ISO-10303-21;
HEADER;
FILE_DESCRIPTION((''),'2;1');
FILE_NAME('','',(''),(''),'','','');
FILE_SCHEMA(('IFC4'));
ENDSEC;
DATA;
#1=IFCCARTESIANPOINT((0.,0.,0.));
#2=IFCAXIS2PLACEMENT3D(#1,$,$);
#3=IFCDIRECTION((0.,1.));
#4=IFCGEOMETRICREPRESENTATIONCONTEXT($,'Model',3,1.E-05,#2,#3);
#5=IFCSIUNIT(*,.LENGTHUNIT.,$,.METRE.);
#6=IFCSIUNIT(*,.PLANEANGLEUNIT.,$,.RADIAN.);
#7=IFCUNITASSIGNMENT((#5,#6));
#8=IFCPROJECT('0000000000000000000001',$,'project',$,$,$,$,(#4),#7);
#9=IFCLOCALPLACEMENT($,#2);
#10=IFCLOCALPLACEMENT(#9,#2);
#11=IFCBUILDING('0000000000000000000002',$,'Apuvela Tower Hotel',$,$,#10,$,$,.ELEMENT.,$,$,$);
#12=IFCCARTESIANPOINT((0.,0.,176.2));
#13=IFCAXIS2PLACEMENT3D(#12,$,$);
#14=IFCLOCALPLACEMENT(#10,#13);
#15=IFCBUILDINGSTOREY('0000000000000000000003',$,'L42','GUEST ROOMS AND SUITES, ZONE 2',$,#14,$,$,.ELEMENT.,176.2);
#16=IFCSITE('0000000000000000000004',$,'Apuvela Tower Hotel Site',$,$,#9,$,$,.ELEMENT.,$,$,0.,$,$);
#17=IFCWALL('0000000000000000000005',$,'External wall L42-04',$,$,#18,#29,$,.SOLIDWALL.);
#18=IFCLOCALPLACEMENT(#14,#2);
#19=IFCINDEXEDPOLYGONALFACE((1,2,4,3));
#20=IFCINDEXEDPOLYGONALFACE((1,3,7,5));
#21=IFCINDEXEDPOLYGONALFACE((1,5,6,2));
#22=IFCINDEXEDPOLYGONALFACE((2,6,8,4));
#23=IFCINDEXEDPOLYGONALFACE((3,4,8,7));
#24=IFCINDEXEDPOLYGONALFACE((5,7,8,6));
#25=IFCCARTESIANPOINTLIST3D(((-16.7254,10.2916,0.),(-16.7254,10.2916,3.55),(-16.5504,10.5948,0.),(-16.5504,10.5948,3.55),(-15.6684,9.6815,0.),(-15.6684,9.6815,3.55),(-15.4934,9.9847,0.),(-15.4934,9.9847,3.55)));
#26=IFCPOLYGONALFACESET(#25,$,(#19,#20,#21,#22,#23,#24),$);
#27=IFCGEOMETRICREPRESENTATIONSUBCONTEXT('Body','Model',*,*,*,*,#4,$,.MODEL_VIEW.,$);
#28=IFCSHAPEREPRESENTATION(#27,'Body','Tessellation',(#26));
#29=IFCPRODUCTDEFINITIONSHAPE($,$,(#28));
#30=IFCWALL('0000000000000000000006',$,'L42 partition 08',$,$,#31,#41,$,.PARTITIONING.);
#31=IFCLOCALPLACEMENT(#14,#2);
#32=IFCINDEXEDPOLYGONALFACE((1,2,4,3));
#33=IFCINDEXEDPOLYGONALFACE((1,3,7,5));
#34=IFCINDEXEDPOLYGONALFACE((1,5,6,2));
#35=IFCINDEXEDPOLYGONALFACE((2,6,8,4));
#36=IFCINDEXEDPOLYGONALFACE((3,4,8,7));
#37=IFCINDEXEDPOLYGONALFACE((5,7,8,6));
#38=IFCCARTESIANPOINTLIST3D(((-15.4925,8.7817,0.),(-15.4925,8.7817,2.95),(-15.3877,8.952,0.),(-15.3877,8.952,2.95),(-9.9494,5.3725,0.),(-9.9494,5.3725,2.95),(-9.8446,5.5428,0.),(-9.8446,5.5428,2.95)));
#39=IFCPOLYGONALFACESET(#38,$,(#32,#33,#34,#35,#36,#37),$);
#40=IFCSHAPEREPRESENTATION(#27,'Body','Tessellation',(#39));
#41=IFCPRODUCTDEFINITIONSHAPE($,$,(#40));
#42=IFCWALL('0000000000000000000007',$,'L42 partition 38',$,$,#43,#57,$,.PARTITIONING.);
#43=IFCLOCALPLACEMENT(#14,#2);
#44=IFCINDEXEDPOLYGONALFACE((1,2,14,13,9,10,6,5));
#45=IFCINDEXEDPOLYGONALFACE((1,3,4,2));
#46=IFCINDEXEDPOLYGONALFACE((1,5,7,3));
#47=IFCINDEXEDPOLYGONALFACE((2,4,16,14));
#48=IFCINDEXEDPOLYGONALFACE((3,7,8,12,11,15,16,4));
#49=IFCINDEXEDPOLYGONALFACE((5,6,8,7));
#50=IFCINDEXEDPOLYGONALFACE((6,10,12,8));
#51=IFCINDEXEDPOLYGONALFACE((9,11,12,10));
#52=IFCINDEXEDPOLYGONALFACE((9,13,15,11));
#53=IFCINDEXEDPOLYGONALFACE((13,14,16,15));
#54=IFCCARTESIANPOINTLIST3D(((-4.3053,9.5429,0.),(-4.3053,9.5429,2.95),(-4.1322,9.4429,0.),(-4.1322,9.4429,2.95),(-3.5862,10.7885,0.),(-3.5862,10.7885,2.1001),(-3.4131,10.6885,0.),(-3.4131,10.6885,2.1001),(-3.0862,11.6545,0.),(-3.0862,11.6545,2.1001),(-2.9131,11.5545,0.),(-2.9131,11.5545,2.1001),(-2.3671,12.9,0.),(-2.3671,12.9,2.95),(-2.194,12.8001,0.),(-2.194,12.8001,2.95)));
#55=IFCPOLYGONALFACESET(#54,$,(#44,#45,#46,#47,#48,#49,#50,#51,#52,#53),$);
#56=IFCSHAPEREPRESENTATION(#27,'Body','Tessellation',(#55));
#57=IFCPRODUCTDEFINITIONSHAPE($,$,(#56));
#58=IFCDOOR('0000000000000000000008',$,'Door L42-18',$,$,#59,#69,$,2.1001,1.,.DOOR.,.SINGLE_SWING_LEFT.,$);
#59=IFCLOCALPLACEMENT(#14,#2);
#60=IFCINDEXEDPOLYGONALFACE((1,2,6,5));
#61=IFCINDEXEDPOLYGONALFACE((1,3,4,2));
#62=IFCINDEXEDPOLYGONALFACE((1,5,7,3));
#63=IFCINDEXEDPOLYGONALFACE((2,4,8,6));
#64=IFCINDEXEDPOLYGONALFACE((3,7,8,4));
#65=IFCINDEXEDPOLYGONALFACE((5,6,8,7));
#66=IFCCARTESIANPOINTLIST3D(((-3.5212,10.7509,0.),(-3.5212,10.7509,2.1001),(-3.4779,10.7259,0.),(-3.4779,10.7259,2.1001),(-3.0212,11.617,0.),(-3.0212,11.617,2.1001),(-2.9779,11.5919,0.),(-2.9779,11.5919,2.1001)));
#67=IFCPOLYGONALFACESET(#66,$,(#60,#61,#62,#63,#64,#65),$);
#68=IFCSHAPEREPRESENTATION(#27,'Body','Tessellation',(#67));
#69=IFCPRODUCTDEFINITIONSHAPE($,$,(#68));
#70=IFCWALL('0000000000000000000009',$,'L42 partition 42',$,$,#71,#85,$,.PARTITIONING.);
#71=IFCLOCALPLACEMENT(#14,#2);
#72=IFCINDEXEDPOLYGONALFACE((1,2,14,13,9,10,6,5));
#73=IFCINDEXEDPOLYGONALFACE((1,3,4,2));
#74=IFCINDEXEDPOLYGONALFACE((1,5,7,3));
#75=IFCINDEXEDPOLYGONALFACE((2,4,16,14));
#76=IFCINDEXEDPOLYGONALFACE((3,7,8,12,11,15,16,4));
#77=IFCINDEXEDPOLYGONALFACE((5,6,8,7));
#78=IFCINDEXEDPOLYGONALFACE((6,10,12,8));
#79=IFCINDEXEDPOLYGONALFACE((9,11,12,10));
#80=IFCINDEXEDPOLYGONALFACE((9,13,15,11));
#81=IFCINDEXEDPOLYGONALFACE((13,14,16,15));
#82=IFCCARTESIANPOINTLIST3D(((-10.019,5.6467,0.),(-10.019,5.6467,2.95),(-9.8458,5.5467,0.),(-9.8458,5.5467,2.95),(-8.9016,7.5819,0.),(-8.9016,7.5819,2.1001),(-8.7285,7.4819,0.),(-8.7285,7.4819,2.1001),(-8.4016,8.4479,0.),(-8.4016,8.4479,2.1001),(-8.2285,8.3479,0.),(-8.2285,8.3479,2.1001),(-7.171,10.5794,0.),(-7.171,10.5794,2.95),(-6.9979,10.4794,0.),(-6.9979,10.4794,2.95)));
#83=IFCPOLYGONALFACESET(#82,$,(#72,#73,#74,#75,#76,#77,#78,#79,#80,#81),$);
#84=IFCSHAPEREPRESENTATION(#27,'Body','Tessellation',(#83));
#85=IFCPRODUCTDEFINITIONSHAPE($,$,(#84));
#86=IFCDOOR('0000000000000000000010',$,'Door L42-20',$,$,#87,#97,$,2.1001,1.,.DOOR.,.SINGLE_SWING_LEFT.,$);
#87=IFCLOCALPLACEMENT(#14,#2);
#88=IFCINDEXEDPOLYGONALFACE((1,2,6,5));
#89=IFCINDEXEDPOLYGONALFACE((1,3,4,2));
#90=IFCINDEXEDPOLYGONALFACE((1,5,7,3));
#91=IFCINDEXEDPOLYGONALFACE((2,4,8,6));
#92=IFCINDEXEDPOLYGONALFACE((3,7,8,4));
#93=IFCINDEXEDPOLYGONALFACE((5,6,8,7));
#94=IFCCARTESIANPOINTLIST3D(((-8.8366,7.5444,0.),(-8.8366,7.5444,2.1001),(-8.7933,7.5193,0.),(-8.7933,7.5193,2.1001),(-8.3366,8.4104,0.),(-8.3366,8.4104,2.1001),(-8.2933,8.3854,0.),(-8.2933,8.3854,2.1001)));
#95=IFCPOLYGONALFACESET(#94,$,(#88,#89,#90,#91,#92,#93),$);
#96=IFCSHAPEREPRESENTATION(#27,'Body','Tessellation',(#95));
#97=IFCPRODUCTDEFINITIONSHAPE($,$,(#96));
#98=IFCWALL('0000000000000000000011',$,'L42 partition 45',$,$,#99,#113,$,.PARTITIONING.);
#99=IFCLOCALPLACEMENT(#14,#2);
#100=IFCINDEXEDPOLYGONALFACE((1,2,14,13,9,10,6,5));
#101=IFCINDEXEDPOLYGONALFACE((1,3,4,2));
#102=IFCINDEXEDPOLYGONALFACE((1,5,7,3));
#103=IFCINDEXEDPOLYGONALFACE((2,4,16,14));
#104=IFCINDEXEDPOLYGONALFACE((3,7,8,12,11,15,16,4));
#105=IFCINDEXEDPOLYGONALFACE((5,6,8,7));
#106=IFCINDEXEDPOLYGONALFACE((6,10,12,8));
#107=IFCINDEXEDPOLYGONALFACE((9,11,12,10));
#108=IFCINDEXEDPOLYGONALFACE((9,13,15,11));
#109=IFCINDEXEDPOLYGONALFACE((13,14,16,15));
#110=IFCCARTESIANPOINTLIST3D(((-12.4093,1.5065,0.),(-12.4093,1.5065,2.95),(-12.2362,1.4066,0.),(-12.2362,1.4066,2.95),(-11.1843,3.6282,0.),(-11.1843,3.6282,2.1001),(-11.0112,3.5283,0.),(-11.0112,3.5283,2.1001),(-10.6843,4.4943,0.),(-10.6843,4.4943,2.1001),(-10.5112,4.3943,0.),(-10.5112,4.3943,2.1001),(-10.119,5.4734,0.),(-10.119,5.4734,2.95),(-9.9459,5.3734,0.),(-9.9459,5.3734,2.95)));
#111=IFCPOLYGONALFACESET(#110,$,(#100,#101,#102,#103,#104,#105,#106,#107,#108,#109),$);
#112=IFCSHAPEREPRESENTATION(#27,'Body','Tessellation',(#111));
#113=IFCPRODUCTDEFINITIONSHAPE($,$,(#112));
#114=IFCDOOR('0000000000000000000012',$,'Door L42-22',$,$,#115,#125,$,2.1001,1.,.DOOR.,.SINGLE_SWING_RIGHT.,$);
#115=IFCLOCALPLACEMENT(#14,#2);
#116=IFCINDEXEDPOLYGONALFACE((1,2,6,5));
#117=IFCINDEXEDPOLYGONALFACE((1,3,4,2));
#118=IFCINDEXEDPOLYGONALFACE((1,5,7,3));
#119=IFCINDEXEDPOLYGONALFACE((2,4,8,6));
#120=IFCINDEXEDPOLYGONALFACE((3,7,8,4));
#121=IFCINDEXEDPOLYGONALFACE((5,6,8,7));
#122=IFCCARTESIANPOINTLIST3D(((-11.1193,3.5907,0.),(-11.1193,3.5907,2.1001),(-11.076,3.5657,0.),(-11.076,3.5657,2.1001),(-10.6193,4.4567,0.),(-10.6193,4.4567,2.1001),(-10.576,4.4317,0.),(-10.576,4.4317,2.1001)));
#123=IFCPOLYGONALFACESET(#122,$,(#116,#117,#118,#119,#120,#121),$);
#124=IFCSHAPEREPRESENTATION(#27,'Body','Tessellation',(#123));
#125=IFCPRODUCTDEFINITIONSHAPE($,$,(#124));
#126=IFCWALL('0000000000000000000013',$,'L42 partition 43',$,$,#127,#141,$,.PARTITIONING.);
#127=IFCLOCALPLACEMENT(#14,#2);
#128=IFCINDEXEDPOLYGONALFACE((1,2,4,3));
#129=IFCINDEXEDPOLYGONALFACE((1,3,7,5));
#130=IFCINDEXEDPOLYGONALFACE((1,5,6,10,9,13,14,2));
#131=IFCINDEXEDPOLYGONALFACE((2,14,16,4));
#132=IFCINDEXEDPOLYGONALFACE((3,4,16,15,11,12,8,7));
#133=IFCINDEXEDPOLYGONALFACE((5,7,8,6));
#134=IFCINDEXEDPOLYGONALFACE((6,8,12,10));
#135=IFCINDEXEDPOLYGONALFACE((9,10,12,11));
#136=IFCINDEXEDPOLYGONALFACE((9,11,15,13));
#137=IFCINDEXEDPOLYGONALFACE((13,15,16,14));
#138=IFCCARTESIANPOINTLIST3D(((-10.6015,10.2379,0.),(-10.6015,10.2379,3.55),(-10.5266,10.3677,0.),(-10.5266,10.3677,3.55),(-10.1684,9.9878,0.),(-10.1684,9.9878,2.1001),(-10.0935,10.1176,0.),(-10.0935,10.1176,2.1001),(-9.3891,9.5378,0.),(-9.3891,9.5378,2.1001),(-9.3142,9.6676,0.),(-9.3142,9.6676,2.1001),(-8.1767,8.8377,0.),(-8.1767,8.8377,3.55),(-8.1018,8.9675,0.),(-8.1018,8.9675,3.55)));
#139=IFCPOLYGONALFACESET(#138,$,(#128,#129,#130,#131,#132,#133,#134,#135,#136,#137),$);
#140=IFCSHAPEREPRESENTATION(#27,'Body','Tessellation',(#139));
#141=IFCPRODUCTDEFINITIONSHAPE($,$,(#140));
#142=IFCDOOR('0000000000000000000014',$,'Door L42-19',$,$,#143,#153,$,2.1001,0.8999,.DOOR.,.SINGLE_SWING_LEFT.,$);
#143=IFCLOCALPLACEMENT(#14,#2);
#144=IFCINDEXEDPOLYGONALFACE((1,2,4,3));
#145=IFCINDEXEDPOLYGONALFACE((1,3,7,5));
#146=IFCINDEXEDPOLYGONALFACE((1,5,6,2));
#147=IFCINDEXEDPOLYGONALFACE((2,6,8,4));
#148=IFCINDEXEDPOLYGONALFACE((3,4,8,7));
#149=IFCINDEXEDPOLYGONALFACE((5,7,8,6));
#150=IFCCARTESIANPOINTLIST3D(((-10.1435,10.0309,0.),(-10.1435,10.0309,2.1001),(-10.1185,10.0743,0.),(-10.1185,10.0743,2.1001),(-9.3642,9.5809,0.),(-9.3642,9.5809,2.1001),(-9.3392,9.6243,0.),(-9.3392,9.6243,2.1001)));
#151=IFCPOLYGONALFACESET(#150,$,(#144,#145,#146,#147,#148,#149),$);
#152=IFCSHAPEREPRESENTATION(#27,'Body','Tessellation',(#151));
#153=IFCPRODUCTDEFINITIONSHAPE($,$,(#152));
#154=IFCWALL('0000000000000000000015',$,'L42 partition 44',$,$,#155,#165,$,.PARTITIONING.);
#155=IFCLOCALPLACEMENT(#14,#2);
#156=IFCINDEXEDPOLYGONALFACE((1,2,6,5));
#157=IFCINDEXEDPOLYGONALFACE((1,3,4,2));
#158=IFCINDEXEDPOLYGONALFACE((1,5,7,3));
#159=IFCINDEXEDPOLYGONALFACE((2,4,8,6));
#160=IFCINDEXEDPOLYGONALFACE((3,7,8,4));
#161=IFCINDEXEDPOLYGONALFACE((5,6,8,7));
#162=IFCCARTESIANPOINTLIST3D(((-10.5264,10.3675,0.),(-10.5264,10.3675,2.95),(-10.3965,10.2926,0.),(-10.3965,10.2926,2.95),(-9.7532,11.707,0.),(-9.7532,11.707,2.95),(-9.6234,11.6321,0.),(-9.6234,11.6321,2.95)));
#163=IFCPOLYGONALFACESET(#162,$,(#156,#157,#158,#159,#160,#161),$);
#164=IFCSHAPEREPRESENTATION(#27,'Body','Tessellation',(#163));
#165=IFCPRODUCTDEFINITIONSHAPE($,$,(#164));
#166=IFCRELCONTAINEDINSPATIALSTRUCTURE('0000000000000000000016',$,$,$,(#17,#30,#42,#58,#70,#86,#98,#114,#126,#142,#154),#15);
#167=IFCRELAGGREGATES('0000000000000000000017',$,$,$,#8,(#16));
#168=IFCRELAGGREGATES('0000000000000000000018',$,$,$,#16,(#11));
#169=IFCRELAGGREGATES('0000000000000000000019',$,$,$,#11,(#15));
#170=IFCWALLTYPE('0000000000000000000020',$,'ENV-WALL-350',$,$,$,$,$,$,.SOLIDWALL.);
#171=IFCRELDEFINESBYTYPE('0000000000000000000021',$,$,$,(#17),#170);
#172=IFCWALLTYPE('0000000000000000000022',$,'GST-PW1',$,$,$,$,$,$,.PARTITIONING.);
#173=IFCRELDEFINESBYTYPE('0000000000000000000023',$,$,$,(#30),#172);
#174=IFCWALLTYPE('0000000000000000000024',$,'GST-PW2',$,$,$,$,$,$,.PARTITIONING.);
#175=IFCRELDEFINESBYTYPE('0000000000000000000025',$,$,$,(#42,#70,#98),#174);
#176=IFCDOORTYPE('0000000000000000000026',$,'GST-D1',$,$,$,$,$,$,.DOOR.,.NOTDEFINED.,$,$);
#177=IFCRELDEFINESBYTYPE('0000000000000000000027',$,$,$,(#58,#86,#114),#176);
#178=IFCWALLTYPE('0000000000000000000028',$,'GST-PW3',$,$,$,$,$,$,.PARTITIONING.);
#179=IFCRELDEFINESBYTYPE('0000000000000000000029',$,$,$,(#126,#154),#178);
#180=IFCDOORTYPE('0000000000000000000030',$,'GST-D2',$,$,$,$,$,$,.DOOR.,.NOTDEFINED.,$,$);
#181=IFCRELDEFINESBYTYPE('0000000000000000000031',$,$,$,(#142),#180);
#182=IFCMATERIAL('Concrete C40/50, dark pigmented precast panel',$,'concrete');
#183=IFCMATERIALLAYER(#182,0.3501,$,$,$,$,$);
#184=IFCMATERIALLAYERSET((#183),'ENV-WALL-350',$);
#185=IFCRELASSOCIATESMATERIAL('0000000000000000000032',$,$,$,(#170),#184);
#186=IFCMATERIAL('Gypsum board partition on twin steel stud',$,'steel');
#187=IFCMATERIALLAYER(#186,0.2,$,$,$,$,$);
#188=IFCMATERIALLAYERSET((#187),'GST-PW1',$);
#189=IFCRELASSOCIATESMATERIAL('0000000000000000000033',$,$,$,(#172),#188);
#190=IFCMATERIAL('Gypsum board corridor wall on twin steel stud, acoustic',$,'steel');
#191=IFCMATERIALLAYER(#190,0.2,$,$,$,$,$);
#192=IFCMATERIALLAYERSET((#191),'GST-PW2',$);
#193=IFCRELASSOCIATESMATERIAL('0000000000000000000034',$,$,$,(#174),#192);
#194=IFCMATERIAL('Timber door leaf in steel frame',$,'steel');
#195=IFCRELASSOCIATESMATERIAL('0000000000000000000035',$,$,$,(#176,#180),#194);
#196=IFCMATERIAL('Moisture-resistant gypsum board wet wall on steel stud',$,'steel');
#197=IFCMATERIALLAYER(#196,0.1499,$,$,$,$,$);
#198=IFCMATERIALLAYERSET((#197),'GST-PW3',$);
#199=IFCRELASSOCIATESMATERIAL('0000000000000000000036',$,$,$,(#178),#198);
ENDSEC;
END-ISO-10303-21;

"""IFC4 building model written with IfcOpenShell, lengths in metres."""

from ifc_helpers import new_model, si_unit, direction, frame, frame_2d, origin, place, context, subcontext, project, spatial, rectangle, extrude, material, layer, layer_set, type_object, element, fill, save


model = new_model("IFC4")

# Units and contexts
model_context = context("Model", 3, precision=1e-05, world=origin(), true_north=direction((0.0, 1.0)))
body_context = subcontext(model_context, "Body", "Model", "MODEL_VIEW")
ifc_project = project(units=[si_unit("LENGTHUNIT", "METRE"), si_unit("PLANEANGLEUNIT", "RADIAN")], contexts=[model_context])

# Site, building, storey
site_placement = place(None, origin())
site = spatial("IfcSite", under=ifc_project, at=site_placement, Name="Apuvela Tower Hotel Site", CompositionType="ELEMENT", RefElevation=0.0)
building_placement = place(site_placement, origin())
building = spatial("IfcBuilding", under=site, at=building_placement, Name="Apuvela Tower Hotel", CompositionType="ELEMENT")
storey_placement = place(building_placement, frame((0.0, 0.0, 176.2)))
storey = spatial("IfcBuildingStorey", under=building, at=storey_placement, Name="L42", Description="GUEST ROOMS AND SUITES, ZONE 2", CompositionType="ELEMENT", Elevation=176.2)

# Walls
ifc_material_1 = material(Name="Concrete C40/50, dark pigmented precast panel", Category="concrete")
ifc_layer_1 = layer(ifc_material_1, 0.3501)
ifc_layer_set_1 = layer_set([ifc_layer_1], Name="ENV-WALL-350")
wall_type_1 = type_object("IfcWallType", Name="ENV-WALL-350", PredefinedType="SOLIDWALL", material=ifc_layer_set_1)
wall_1_placement = place(storey_placement, frame((-15.5808, 9.833, 0.0), z_axis=(0.0, 0.0, 1.0), x_axis=(-0.866056, 0.499948, 0.0)))
element("IfcWall", 1, at=wall_1_placement, inside=storey, type_object=wall_type_1, Name="External wall L42-04", PredefinedType="SOLIDWALL", context=body_context, shape_type="SweptSolid", body=[
    extrude(rectangle(XDim=1.2205, YDim=0.3501, at=frame_2d((0.6104, 0.0))), origin(), (0.0, 0.0, 1.0), 3.55),
])
ifc_material_2 = material(Name="Gypsum board partition on twin steel stud", Category="steel")
ifc_layer_2 = layer(ifc_material_2, 0.2)
ifc_layer_set_2 = layer_set([ifc_layer_2], Name="GST-PW1")
wall_type_2 = type_object("IfcWallType", Name="GST-PW1", PredefinedType="PARTITIONING", material=ifc_layer_set_2)
wall_2_placement = place(storey_placement, frame((-15.4402, 8.8669, 0.0), z_axis=(0.0, 0.0, 1.0), x_axis=(0.851787, -0.523888, 0.0)))
element("IfcWall", 2, at=wall_2_placement, inside=storey, type_object=wall_type_2, Name="L42 partition 08", PredefinedType="PARTITIONING", context=body_context, shape_type="SweptSolid", body=[
    extrude(rectangle(XDim=6.5076, YDim=0.2, at=frame_2d((3.2539, 0.0))), origin(), (0.0, 0.0, 1.0), 2.95),
])

# Walls, openings, doors
ifc_material_3 = material(Name="Gypsum board corridor wall on twin steel stud, acoustic", Category="steel")
ifc_layer_3 = layer(ifc_material_3, 0.2)
ifc_layer_set_3 = layer_set([ifc_layer_3], Name="GST-PW2")
wall_type_3 = type_object("IfcWallType", Name="GST-PW2", PredefinedType="PARTITIONING", material=ifc_layer_set_3)
wall_3_placement = place(storey_placement, frame((-4.2188, 9.4929, 0.0), z_axis=(0.0, 0.0, 1.0), x_axis=(0.499993, 0.866029, 0.0)))
wall_3 = element("IfcWall", 3, at=wall_3_placement, inside=storey, type_object=wall_type_3, Name="L42 partition 38", PredefinedType="PARTITIONING", context=body_context, shape_type="SweptSolid", body=[
    extrude(rectangle(XDim=3.8765, YDim=0.2, at=frame_2d((1.9382, 0.0))), origin(), (0.0, 0.0, 1.0), 2.95),
])
opening_1_placement = place(wall_3_placement, frame((1.4382, 0.0, 0.0)))
opening_1 = element("IfcOpeningElement", 4, at=opening_1_placement, cuts=wall_3, PredefinedType="OPENING", context=body_context, shape_type="SweptSolid", body=[
    extrude(rectangle(XDim=1.0, YDim=2.1001, at=frame_2d((0.5, 1.05))), frame((0.0, 0.1099, 0.0), z_axis=(0.0, -1.0, 0.0), x_axis=(1.0, 0.0, 0.0)), (0.0, 0.0, 1.0), 0.22),
])
ifc_material_4 = material(Name="Timber door leaf in steel frame", Category="steel")
door_type_1 = type_object("IfcDoorType", Name="GST-D1", OperationType="NOTDEFINED", PredefinedType="DOOR", material=ifc_material_4)
door_1_placement = place(opening_1_placement, origin())
door_1 = element("IfcDoor", 5, at=door_1_placement, inside=storey, type_object=door_type_1, Name="Door L42-18", OperationType="SINGLE_SWING_LEFT", OverallHeight=2.1001, OverallWidth=1.0, PredefinedType="DOOR", context=body_context, shape_type="SweptSolid", body=[
    extrude(rectangle(XDim=1.0, YDim=2.1001, at=frame_2d((0.5, 1.05))), frame((0.0, 0.0249, 0.0), z_axis=(0.0, -1.0, 0.0), x_axis=(1.0, 0.0, 0.0)), (0.0, 0.0, 1.0), 0.05),
])
fill(opening_1, door_1)
wall_4_placement = place(storey_placement, frame((-9.9324, 5.5967, 0.0), z_axis=(0.0, 0.0, 1.0), x_axis=(0.500007, 0.866021, 0.0)))
wall_4 = element("IfcWall", 6, at=wall_4_placement, inside=storey, type_object=wall_type_3, Name="L42 partition 42", PredefinedType="PARTITIONING", context=body_context, shape_type="SweptSolid", body=[
    extrude(rectangle(XDim=5.6958, YDim=0.2, at=frame_2d((2.8479, 0.0))), origin(), (0.0, 0.0, 1.0), 2.95),
])
opening_2_placement = place(wall_4_placement, frame((2.2346, 0.0, 0.0)))
opening_2 = element("IfcOpeningElement", 7, at=opening_2_placement, cuts=wall_4, PredefinedType="OPENING", context=body_context, shape_type="SweptSolid", body=[
    extrude(rectangle(XDim=1.0, YDim=2.1001, at=frame_2d((0.5, 1.05))), frame((0.0, 0.1099, 0.0), z_axis=(0.0, -1.0, 0.0), x_axis=(1.0, 0.0, 0.0)), (0.0, 0.0, 1.0), 0.22),
])
door_2_placement = place(opening_2_placement, origin())
door_2 = element("IfcDoor", 8, at=door_2_placement, inside=storey, type_object=door_type_1, Name="Door L42-20", OperationType="SINGLE_SWING_LEFT", OverallHeight=2.1001, OverallWidth=1.0, PredefinedType="DOOR", context=body_context, shape_type="SweptSolid", body=[
    extrude(rectangle(XDim=1.0, YDim=2.1001, at=frame_2d((0.5, 1.05))), frame((0.0, 0.0249, 0.0), z_axis=(0.0, -1.0, 0.0), x_axis=(1.0, 0.0, 0.0)), (0.0, 0.0, 1.0), 0.05),
])
fill(opening_2, door_2)
wall_5_placement = place(storey_placement, frame((-12.3228, 1.4565, 0.0), z_axis=(0.0, 0.0, 1.0), x_axis=(0.500009, 0.86602, 0.0)))
wall_5 = element("IfcWall", 9, at=wall_5_placement, inside=storey, type_object=wall_type_3, Name="L42 partition 45", PredefinedType="PARTITIONING", context=body_context, shape_type="SweptSolid", body=[
    extrude(rectangle(XDim=4.5806, YDim=0.2, at=frame_2d((2.2903, 0.0))), origin(), (0.0, 0.0, 1.0), 2.95),
])
opening_3_placement = place(wall_5_placement, frame((2.45, 0.0, 0.0)))
opening_3 = element("IfcOpeningElement", 10, at=opening_3_placement, cuts=wall_5, PredefinedType="OPENING", context=body_context, shape_type="SweptSolid", body=[
    extrude(rectangle(XDim=1.0, YDim=2.1001, at=frame_2d((0.5, 1.05))), frame((0.0, 0.1099, 0.0), z_axis=(0.0, -1.0, 0.0), x_axis=(1.0, 0.0, 0.0)), (0.0, 0.0, 1.0), 0.22),
])
door_3_placement = place(opening_3_placement, origin())
door_3 = element("IfcDoor", 11, at=door_3_placement, inside=storey, type_object=door_type_1, Name="Door L42-22", OperationType="SINGLE_SWING_RIGHT", OverallHeight=2.1001, OverallWidth=1.0, PredefinedType="DOOR", context=body_context, shape_type="SweptSolid", body=[
    extrude(rectangle(XDim=1.0, YDim=2.1001, at=frame_2d((0.5, 1.05))), frame((0.0, 0.0249, 0.0), z_axis=(0.0, -1.0, 0.0), x_axis=(1.0, 0.0, 0.0)), (0.0, 0.0, 1.0), 0.05),
])
fill(opening_3, door_3)
ifc_material_5 = material(Name="Moisture-resistant gypsum board wet wall on steel stud", Category="steel")
ifc_layer_4 = layer(ifc_material_5, 0.1499)
ifc_layer_set_4 = layer_set([ifc_layer_4], Name="GST-PW3")
wall_type_4 = type_object("IfcWallType", Name="GST-PW3", PredefinedType="PARTITIONING", material=ifc_layer_set_4)
wall_6_placement = place(storey_placement, frame((-10.564, 10.3027, 0.0), z_axis=(0.0, 0.0, 1.0), x_axis=(0.865997, -0.50005, 0.0)))
wall_6 = element("IfcWall", 12, at=wall_6_placement, inside=storey, type_object=wall_type_4, Name="L42 partition 43", PredefinedType="PARTITIONING", context=body_context, shape_type="SweptSolid", body=[
    extrude(rectangle(XDim=2.8, YDim=0.1499, at=frame_2d((1.3999, 0.0))), origin(), (0.0, 0.0, 1.0), 3.55),
])
opening_4_placement = place(wall_6_placement, frame((0.5, 0.0, 0.0)))
opening_4 = element("IfcOpeningElement", 13, at=opening_4_placement, cuts=wall_6, PredefinedType="OPENING", context=body_context, shape_type="SweptSolid", body=[
    extrude(rectangle(XDim=0.8999, YDim=2.1001, at=frame_2d((0.45, 1.05))), frame((0.0, 0.085, 0.0), z_axis=(0.0, -1.0, 0.0), x_axis=(1.0, 0.0, 0.0)), (0.0, 0.0, 1.0), 0.1699),
])
door_type_2 = type_object("IfcDoorType", Name="GST-D2", OperationType="NOTDEFINED", PredefinedType="DOOR", material=ifc_material_4)
door_4_placement = place(opening_4_placement, origin())
door_4 = element("IfcDoor", 14, at=door_4_placement, inside=storey, type_object=door_type_2, Name="Door L42-19", OperationType="SINGLE_SWING_LEFT", OverallHeight=2.1001, OverallWidth=0.8999, PredefinedType="DOOR", context=body_context, shape_type="SweptSolid", body=[
    extrude(rectangle(XDim=0.8999, YDim=2.1001, at=frame_2d((0.45, 1.05))), frame((0.0, 0.0249, 0.0), z_axis=(0.0, -1.0, 0.0), x_axis=(1.0, 0.0, 0.0)), (0.0, 0.0, 1.0), 0.05),
])
fill(opening_4, door_4)

# Wall
wall_7_placement = place(storey_placement, frame((-9.6882, 11.6697, 0.0), z_axis=(0.0, 0.0, 1.0), x_axis=(-0.499891, -0.866088, 0.0)))
element("IfcWall", 15, at=wall_7_placement, inside=storey, type_object=wall_type_4, Name="L42 partition 44", PredefinedType="PARTITIONING", context=body_context, shape_type="SweptSolid", body=[
    extrude(rectangle(XDim=1.5466, YDim=0.1499, at=frame_2d((0.7734, 0.0))), origin(), (0.0, 0.0, 1.0), 2.95),
])

save(model, "model.ifc")
